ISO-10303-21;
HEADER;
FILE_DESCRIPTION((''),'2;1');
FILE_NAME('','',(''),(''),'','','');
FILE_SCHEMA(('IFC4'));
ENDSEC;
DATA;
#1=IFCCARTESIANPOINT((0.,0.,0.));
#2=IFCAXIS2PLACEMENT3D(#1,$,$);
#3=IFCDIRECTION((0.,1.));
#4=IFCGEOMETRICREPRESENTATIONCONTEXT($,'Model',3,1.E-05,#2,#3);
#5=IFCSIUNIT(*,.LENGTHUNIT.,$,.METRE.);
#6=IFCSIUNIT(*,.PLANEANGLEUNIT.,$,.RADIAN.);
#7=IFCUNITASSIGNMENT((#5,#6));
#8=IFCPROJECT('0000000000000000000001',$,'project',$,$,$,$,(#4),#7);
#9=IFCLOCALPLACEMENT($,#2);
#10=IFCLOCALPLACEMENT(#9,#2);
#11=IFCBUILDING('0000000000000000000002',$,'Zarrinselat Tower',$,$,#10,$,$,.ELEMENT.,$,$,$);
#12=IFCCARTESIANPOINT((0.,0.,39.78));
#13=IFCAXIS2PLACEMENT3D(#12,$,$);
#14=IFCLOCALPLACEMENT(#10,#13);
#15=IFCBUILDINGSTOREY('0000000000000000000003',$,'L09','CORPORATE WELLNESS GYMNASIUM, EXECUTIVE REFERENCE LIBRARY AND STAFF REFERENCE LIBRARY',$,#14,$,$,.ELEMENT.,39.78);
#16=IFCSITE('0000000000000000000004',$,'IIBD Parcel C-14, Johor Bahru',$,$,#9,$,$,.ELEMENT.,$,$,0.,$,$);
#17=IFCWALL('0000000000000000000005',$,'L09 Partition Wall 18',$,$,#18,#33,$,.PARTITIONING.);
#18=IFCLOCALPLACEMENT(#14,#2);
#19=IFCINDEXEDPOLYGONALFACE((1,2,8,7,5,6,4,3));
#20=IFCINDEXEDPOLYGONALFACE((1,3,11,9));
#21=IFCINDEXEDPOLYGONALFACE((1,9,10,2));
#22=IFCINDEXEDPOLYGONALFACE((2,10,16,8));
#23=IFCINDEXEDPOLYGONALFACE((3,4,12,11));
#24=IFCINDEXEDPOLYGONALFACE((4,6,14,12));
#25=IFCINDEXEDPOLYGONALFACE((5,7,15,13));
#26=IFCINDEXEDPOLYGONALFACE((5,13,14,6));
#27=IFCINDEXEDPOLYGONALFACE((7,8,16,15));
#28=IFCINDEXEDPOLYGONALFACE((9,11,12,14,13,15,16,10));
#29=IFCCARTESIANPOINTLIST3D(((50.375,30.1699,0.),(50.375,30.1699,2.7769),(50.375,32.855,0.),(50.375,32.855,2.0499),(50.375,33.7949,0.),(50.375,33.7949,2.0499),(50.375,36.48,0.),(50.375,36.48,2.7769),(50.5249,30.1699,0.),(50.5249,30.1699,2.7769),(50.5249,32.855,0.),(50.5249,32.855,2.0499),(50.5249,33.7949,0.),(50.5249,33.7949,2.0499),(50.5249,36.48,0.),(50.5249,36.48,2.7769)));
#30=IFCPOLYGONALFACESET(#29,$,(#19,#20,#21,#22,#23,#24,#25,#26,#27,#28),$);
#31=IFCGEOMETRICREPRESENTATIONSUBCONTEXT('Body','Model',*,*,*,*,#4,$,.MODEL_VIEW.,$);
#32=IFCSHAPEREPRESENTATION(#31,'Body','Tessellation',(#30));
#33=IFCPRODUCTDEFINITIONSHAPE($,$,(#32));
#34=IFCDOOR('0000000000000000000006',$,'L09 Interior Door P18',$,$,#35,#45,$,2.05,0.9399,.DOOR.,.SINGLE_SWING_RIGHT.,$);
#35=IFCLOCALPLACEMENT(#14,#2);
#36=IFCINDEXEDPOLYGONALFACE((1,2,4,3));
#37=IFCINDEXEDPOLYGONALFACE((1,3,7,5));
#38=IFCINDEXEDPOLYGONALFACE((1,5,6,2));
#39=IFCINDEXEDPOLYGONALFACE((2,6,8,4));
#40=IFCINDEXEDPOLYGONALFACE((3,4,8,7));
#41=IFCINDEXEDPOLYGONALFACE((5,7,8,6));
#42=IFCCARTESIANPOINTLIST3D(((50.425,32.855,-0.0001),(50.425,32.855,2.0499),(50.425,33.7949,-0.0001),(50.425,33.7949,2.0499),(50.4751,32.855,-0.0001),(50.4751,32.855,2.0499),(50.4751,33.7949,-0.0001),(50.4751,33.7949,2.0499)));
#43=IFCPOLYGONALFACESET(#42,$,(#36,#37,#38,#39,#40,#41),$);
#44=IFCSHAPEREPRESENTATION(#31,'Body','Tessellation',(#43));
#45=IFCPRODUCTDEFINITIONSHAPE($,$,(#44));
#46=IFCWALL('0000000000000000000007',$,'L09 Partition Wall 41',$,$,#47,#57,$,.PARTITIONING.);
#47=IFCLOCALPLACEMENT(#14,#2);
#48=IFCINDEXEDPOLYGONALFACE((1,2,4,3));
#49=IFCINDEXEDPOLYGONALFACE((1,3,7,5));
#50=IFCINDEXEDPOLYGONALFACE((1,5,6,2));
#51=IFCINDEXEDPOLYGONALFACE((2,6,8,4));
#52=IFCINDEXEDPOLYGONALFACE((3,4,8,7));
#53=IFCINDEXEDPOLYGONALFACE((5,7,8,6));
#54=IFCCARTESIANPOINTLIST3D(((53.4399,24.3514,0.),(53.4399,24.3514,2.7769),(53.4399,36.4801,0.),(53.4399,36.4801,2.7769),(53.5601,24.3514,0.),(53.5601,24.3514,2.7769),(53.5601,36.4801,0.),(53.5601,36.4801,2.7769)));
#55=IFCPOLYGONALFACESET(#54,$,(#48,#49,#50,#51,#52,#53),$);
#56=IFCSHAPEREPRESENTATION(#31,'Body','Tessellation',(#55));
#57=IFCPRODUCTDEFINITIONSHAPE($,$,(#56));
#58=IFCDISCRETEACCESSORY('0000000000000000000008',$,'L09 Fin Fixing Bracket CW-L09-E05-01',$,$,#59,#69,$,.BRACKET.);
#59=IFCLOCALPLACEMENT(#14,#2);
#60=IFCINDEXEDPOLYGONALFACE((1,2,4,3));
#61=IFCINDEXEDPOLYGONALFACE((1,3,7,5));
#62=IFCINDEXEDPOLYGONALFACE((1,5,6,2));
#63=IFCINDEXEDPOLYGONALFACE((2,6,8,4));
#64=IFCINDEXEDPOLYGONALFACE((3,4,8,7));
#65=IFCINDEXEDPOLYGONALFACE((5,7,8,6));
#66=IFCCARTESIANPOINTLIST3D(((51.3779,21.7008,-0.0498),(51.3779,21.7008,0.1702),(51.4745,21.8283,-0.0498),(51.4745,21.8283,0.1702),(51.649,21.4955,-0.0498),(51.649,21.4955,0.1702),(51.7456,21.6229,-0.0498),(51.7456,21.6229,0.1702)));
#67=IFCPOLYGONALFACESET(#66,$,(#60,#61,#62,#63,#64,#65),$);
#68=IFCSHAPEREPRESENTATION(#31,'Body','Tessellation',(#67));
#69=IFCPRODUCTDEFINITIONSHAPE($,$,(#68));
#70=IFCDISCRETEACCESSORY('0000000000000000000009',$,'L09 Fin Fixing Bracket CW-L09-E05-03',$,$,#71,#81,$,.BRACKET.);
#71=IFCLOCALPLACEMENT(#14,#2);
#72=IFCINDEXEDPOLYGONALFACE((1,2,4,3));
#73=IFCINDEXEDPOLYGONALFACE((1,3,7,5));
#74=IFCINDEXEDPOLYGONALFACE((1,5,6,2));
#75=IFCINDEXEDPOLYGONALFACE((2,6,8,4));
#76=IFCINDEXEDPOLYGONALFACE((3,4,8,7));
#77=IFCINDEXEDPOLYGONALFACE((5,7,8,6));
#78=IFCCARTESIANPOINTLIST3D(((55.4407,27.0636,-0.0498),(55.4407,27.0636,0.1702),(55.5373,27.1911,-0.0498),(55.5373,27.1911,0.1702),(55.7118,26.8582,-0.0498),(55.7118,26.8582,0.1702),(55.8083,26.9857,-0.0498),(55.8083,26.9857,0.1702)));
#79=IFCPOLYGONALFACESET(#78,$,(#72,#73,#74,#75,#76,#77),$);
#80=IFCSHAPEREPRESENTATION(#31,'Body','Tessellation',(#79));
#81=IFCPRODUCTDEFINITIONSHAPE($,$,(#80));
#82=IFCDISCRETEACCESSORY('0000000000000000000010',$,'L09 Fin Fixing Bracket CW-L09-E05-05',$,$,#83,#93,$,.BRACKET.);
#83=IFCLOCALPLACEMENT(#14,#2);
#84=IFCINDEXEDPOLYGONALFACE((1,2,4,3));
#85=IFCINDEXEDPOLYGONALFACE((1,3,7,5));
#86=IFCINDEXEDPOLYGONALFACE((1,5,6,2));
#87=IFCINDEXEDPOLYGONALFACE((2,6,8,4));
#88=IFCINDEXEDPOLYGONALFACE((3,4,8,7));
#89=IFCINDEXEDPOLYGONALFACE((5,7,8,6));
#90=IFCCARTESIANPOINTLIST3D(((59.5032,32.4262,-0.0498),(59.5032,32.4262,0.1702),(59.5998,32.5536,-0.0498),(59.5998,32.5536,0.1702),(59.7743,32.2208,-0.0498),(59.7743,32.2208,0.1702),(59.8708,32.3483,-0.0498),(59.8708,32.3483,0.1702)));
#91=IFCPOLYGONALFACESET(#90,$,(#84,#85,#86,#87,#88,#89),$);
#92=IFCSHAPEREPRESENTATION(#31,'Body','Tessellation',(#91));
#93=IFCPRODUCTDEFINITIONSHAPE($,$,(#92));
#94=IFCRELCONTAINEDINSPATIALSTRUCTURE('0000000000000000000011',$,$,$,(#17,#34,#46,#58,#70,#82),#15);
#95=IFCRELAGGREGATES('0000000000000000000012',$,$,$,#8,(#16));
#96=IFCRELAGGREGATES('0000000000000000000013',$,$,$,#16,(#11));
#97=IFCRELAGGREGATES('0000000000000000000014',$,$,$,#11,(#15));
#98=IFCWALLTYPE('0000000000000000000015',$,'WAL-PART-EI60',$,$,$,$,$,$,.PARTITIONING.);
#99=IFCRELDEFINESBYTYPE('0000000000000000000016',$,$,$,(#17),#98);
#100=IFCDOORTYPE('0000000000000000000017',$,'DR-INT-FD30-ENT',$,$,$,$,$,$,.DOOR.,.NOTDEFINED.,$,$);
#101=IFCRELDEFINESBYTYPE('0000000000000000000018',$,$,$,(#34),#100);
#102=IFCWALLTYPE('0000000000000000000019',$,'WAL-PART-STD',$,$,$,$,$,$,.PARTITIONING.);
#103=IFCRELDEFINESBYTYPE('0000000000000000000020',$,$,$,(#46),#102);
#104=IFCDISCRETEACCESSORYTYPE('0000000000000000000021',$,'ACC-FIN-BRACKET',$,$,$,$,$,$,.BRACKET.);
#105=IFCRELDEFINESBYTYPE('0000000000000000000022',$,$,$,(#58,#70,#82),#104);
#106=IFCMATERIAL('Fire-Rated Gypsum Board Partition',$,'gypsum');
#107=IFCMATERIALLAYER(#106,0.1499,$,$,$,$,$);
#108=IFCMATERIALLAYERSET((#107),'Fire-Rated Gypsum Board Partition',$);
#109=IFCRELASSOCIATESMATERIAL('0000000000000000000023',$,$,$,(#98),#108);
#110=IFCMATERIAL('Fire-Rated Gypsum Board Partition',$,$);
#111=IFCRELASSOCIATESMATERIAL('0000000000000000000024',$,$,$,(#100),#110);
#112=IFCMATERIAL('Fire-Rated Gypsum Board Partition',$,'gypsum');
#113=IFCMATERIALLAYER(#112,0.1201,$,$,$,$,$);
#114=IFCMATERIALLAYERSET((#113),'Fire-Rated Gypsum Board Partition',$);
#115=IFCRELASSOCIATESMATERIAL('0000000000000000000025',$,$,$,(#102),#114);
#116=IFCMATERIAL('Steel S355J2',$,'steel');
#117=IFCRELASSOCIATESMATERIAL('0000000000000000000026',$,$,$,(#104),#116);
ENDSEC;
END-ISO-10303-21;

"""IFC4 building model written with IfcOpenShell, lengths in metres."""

from ifc_helpers import new_model, si_unit, direction, frame, frame_2d, origin, origin_2d, place, context, subcontext, project, spatial, rectangle, extrude, material, layer, layer_set, type_object, element, fill, save


model = new_model("IFC4")

# Units and contexts
model_context = context("Model", 3, precision=1e-05, world=origin(), true_north=direction((0.0, 1.0)))
body_context = subcontext(model_context, "Body", "Model", "MODEL_VIEW")
ifc_project = project(units=[si_unit("LENGTHUNIT", "METRE"), si_unit("PLANEANGLEUNIT", "RADIAN")], contexts=[model_context])

# Site, building, storey
site_placement = place(None, origin())
site = spatial("IfcSite", under=ifc_project, at=site_placement, Name="IIBD Parcel C-14, Johor Bahru", CompositionType="ELEMENT", RefElevation=0.0)
building_placement = place(site_placement, origin())
building = spatial("IfcBuilding", under=site, at=building_placement, Name="Zarrinselat Tower", CompositionType="ELEMENT")
storey_placement = place(building_placement, frame((0.0, 0.0, 39.78)))
storey = spatial("IfcBuildingStorey", under=building, at=storey_placement, Name="L09", Description="CORPORATE WELLNESS GYMNASIUM, EXECUTIVE REFERENCE LIBRARY AND STAFF REFERENCE LIBRARY", CompositionType="ELEMENT", Elevation=39.78)

# Wall, opening, door
ifc_material_1 = material(Name="Fire-Rated Gypsum Board Partition", Category="gypsum")
ifc_layer_1 = layer(ifc_material_1, 0.1499)
ifc_layer_set_1 = layer_set([ifc_layer_1], Name="Fire-Rated Gypsum Board Partition")
wall_type_1 = type_object("IfcWallType", Name="WAL-PART-EI60", PredefinedType="PARTITIONING", material=ifc_layer_set_1)
wall_1_placement = place(storey_placement, frame((50.45, 30.1699, 0.0), z_axis=(0.0, 0.0, 1.0), x_axis=(0.0, 1.0, 0.0)))
wall_1 = element("IfcWall", 1, at=wall_1_placement, inside=storey, type_object=wall_type_1, Name="L09 Partition Wall 18", PredefinedType="PARTITIONING", context=body_context, shape_type="SweptSolid", body=[
    extrude(rectangle(XDim=6.3101, YDim=0.1499, at=frame_2d((3.155, 0.0))), origin(), (0.0, 0.0, 1.0), 2.7769),
])
opening_placement = place(wall_1_placement, frame((2.6851, 0.0, 0.0)))
opening = element("IfcOpeningElement", 2, at=opening_placement, cuts=wall_1, PredefinedType="OPENING", context=body_context, shape_type="SweptSolid", body=[
    extrude(rectangle(XDim=0.9399, YDim=2.05, at=frame_2d((0.47, 1.0249))), frame((0.0, 0.085, 0.0), z_axis=(0.0, -1.0, 0.0), x_axis=(1.0, 0.0, 0.0)), (0.0, 0.0, 1.0), 0.1699),
])
ifc_material_2 = material(Name="Fire-Rated Gypsum Board Partition")
door_type = type_object("IfcDoorType", Name="DR-INT-FD30-ENT", OperationType="NOTDEFINED", PredefinedType="DOOR", material=ifc_material_2)
door_placement = place(opening_placement, origin())
door = element("IfcDoor", 3, at=door_placement, inside=storey, type_object=door_type, Name="L09 Interior Door P18", OperationType="SINGLE_SWING_RIGHT", OverallHeight=2.05, OverallWidth=0.9399, PredefinedType="DOOR", context=body_context, shape_type="SweptSolid", body=[
    extrude(rectangle(XDim=0.9399, YDim=2.05, at=frame_2d((0.47, 1.0249))), frame((0.0, 0.0249, 0.0), z_axis=(0.0, -1.0, 0.0), x_axis=(1.0, 0.0, 0.0)), (0.0, 0.0, 1.0), 0.05),
])
fill(opening, door)

# Wall
ifc_material_3 = material(Name="Fire-Rated Gypsum Board Partition", Category="gypsum")
ifc_layer_2 = layer(ifc_material_3, 0.1201)
ifc_layer_set_2 = layer_set([ifc_layer_2], Name="Fire-Rated Gypsum Board Partition")
wall_type_2 = type_object("IfcWallType", Name="WAL-PART-STD", PredefinedType="PARTITIONING", material=ifc_layer_set_2)
wall_2_placement = place(storey_placement, frame((53.5, 24.3513, 0.0), z_axis=(0.0, 0.0, 1.0), x_axis=(0.0, 1.0, 0.0)))
element("IfcWall", 4, at=wall_2_placement, inside=storey, type_object=wall_type_2, Name="L09 Partition Wall 41", PredefinedType="PARTITIONING", context=body_context, shape_type="SweptSolid", body=[
    extrude(rectangle(XDim=12.1287, YDim=0.1201, at=frame_2d((6.0645, 0.0))), origin(), (0.0, 0.0, 1.0), 2.7769),
])

# Discrete accessories
ifc_material_4 = material(Name="Steel S355J2", Category="steel")
discrete_accessory_type = type_object("IfcDiscreteAccessoryType", Name="ACC-FIN-BRACKET", PredefinedType="BRACKET", material=ifc_material_4)
for number, where, z_axis, x_axis, name in (
    (5, (51.5618, 21.6619, -0.0498), (0.0, 0.0, 1.0), (0.797091, -0.603859, 0.0), "L09 Fin Fixing Bracket CW-L09-E05-01"),
    (6, (55.6245, 27.0247, -0.0498), (0.0, 0.0, 1.0), (0.797091, -0.603859, 0.0), "L09 Fin Fixing Bracket CW-L09-E05-03"),
    (7, (59.687, 32.3872, -0.0498), (0.0, 0.0, 1.0), (0.797091, -0.603859, 0.0), "L09 Fin Fixing Bracket CW-L09-E05-05"),
):
    element("IfcDiscreteAccessory", number, at=place(storey_placement, frame(where, z_axis=z_axis, x_axis=x_axis)), inside=storey, type_object=discrete_accessory_type, Name=name, PredefinedType="BRACKET", context=body_context, shape_type="SweptSolid", body=[
        extrude(rectangle(XDim=0.3401, YDim=0.1599, at=origin_2d()), origin(), (0.0, 0.0, 1.0), 0.22),
    ])

save(model, "model.ifc")
